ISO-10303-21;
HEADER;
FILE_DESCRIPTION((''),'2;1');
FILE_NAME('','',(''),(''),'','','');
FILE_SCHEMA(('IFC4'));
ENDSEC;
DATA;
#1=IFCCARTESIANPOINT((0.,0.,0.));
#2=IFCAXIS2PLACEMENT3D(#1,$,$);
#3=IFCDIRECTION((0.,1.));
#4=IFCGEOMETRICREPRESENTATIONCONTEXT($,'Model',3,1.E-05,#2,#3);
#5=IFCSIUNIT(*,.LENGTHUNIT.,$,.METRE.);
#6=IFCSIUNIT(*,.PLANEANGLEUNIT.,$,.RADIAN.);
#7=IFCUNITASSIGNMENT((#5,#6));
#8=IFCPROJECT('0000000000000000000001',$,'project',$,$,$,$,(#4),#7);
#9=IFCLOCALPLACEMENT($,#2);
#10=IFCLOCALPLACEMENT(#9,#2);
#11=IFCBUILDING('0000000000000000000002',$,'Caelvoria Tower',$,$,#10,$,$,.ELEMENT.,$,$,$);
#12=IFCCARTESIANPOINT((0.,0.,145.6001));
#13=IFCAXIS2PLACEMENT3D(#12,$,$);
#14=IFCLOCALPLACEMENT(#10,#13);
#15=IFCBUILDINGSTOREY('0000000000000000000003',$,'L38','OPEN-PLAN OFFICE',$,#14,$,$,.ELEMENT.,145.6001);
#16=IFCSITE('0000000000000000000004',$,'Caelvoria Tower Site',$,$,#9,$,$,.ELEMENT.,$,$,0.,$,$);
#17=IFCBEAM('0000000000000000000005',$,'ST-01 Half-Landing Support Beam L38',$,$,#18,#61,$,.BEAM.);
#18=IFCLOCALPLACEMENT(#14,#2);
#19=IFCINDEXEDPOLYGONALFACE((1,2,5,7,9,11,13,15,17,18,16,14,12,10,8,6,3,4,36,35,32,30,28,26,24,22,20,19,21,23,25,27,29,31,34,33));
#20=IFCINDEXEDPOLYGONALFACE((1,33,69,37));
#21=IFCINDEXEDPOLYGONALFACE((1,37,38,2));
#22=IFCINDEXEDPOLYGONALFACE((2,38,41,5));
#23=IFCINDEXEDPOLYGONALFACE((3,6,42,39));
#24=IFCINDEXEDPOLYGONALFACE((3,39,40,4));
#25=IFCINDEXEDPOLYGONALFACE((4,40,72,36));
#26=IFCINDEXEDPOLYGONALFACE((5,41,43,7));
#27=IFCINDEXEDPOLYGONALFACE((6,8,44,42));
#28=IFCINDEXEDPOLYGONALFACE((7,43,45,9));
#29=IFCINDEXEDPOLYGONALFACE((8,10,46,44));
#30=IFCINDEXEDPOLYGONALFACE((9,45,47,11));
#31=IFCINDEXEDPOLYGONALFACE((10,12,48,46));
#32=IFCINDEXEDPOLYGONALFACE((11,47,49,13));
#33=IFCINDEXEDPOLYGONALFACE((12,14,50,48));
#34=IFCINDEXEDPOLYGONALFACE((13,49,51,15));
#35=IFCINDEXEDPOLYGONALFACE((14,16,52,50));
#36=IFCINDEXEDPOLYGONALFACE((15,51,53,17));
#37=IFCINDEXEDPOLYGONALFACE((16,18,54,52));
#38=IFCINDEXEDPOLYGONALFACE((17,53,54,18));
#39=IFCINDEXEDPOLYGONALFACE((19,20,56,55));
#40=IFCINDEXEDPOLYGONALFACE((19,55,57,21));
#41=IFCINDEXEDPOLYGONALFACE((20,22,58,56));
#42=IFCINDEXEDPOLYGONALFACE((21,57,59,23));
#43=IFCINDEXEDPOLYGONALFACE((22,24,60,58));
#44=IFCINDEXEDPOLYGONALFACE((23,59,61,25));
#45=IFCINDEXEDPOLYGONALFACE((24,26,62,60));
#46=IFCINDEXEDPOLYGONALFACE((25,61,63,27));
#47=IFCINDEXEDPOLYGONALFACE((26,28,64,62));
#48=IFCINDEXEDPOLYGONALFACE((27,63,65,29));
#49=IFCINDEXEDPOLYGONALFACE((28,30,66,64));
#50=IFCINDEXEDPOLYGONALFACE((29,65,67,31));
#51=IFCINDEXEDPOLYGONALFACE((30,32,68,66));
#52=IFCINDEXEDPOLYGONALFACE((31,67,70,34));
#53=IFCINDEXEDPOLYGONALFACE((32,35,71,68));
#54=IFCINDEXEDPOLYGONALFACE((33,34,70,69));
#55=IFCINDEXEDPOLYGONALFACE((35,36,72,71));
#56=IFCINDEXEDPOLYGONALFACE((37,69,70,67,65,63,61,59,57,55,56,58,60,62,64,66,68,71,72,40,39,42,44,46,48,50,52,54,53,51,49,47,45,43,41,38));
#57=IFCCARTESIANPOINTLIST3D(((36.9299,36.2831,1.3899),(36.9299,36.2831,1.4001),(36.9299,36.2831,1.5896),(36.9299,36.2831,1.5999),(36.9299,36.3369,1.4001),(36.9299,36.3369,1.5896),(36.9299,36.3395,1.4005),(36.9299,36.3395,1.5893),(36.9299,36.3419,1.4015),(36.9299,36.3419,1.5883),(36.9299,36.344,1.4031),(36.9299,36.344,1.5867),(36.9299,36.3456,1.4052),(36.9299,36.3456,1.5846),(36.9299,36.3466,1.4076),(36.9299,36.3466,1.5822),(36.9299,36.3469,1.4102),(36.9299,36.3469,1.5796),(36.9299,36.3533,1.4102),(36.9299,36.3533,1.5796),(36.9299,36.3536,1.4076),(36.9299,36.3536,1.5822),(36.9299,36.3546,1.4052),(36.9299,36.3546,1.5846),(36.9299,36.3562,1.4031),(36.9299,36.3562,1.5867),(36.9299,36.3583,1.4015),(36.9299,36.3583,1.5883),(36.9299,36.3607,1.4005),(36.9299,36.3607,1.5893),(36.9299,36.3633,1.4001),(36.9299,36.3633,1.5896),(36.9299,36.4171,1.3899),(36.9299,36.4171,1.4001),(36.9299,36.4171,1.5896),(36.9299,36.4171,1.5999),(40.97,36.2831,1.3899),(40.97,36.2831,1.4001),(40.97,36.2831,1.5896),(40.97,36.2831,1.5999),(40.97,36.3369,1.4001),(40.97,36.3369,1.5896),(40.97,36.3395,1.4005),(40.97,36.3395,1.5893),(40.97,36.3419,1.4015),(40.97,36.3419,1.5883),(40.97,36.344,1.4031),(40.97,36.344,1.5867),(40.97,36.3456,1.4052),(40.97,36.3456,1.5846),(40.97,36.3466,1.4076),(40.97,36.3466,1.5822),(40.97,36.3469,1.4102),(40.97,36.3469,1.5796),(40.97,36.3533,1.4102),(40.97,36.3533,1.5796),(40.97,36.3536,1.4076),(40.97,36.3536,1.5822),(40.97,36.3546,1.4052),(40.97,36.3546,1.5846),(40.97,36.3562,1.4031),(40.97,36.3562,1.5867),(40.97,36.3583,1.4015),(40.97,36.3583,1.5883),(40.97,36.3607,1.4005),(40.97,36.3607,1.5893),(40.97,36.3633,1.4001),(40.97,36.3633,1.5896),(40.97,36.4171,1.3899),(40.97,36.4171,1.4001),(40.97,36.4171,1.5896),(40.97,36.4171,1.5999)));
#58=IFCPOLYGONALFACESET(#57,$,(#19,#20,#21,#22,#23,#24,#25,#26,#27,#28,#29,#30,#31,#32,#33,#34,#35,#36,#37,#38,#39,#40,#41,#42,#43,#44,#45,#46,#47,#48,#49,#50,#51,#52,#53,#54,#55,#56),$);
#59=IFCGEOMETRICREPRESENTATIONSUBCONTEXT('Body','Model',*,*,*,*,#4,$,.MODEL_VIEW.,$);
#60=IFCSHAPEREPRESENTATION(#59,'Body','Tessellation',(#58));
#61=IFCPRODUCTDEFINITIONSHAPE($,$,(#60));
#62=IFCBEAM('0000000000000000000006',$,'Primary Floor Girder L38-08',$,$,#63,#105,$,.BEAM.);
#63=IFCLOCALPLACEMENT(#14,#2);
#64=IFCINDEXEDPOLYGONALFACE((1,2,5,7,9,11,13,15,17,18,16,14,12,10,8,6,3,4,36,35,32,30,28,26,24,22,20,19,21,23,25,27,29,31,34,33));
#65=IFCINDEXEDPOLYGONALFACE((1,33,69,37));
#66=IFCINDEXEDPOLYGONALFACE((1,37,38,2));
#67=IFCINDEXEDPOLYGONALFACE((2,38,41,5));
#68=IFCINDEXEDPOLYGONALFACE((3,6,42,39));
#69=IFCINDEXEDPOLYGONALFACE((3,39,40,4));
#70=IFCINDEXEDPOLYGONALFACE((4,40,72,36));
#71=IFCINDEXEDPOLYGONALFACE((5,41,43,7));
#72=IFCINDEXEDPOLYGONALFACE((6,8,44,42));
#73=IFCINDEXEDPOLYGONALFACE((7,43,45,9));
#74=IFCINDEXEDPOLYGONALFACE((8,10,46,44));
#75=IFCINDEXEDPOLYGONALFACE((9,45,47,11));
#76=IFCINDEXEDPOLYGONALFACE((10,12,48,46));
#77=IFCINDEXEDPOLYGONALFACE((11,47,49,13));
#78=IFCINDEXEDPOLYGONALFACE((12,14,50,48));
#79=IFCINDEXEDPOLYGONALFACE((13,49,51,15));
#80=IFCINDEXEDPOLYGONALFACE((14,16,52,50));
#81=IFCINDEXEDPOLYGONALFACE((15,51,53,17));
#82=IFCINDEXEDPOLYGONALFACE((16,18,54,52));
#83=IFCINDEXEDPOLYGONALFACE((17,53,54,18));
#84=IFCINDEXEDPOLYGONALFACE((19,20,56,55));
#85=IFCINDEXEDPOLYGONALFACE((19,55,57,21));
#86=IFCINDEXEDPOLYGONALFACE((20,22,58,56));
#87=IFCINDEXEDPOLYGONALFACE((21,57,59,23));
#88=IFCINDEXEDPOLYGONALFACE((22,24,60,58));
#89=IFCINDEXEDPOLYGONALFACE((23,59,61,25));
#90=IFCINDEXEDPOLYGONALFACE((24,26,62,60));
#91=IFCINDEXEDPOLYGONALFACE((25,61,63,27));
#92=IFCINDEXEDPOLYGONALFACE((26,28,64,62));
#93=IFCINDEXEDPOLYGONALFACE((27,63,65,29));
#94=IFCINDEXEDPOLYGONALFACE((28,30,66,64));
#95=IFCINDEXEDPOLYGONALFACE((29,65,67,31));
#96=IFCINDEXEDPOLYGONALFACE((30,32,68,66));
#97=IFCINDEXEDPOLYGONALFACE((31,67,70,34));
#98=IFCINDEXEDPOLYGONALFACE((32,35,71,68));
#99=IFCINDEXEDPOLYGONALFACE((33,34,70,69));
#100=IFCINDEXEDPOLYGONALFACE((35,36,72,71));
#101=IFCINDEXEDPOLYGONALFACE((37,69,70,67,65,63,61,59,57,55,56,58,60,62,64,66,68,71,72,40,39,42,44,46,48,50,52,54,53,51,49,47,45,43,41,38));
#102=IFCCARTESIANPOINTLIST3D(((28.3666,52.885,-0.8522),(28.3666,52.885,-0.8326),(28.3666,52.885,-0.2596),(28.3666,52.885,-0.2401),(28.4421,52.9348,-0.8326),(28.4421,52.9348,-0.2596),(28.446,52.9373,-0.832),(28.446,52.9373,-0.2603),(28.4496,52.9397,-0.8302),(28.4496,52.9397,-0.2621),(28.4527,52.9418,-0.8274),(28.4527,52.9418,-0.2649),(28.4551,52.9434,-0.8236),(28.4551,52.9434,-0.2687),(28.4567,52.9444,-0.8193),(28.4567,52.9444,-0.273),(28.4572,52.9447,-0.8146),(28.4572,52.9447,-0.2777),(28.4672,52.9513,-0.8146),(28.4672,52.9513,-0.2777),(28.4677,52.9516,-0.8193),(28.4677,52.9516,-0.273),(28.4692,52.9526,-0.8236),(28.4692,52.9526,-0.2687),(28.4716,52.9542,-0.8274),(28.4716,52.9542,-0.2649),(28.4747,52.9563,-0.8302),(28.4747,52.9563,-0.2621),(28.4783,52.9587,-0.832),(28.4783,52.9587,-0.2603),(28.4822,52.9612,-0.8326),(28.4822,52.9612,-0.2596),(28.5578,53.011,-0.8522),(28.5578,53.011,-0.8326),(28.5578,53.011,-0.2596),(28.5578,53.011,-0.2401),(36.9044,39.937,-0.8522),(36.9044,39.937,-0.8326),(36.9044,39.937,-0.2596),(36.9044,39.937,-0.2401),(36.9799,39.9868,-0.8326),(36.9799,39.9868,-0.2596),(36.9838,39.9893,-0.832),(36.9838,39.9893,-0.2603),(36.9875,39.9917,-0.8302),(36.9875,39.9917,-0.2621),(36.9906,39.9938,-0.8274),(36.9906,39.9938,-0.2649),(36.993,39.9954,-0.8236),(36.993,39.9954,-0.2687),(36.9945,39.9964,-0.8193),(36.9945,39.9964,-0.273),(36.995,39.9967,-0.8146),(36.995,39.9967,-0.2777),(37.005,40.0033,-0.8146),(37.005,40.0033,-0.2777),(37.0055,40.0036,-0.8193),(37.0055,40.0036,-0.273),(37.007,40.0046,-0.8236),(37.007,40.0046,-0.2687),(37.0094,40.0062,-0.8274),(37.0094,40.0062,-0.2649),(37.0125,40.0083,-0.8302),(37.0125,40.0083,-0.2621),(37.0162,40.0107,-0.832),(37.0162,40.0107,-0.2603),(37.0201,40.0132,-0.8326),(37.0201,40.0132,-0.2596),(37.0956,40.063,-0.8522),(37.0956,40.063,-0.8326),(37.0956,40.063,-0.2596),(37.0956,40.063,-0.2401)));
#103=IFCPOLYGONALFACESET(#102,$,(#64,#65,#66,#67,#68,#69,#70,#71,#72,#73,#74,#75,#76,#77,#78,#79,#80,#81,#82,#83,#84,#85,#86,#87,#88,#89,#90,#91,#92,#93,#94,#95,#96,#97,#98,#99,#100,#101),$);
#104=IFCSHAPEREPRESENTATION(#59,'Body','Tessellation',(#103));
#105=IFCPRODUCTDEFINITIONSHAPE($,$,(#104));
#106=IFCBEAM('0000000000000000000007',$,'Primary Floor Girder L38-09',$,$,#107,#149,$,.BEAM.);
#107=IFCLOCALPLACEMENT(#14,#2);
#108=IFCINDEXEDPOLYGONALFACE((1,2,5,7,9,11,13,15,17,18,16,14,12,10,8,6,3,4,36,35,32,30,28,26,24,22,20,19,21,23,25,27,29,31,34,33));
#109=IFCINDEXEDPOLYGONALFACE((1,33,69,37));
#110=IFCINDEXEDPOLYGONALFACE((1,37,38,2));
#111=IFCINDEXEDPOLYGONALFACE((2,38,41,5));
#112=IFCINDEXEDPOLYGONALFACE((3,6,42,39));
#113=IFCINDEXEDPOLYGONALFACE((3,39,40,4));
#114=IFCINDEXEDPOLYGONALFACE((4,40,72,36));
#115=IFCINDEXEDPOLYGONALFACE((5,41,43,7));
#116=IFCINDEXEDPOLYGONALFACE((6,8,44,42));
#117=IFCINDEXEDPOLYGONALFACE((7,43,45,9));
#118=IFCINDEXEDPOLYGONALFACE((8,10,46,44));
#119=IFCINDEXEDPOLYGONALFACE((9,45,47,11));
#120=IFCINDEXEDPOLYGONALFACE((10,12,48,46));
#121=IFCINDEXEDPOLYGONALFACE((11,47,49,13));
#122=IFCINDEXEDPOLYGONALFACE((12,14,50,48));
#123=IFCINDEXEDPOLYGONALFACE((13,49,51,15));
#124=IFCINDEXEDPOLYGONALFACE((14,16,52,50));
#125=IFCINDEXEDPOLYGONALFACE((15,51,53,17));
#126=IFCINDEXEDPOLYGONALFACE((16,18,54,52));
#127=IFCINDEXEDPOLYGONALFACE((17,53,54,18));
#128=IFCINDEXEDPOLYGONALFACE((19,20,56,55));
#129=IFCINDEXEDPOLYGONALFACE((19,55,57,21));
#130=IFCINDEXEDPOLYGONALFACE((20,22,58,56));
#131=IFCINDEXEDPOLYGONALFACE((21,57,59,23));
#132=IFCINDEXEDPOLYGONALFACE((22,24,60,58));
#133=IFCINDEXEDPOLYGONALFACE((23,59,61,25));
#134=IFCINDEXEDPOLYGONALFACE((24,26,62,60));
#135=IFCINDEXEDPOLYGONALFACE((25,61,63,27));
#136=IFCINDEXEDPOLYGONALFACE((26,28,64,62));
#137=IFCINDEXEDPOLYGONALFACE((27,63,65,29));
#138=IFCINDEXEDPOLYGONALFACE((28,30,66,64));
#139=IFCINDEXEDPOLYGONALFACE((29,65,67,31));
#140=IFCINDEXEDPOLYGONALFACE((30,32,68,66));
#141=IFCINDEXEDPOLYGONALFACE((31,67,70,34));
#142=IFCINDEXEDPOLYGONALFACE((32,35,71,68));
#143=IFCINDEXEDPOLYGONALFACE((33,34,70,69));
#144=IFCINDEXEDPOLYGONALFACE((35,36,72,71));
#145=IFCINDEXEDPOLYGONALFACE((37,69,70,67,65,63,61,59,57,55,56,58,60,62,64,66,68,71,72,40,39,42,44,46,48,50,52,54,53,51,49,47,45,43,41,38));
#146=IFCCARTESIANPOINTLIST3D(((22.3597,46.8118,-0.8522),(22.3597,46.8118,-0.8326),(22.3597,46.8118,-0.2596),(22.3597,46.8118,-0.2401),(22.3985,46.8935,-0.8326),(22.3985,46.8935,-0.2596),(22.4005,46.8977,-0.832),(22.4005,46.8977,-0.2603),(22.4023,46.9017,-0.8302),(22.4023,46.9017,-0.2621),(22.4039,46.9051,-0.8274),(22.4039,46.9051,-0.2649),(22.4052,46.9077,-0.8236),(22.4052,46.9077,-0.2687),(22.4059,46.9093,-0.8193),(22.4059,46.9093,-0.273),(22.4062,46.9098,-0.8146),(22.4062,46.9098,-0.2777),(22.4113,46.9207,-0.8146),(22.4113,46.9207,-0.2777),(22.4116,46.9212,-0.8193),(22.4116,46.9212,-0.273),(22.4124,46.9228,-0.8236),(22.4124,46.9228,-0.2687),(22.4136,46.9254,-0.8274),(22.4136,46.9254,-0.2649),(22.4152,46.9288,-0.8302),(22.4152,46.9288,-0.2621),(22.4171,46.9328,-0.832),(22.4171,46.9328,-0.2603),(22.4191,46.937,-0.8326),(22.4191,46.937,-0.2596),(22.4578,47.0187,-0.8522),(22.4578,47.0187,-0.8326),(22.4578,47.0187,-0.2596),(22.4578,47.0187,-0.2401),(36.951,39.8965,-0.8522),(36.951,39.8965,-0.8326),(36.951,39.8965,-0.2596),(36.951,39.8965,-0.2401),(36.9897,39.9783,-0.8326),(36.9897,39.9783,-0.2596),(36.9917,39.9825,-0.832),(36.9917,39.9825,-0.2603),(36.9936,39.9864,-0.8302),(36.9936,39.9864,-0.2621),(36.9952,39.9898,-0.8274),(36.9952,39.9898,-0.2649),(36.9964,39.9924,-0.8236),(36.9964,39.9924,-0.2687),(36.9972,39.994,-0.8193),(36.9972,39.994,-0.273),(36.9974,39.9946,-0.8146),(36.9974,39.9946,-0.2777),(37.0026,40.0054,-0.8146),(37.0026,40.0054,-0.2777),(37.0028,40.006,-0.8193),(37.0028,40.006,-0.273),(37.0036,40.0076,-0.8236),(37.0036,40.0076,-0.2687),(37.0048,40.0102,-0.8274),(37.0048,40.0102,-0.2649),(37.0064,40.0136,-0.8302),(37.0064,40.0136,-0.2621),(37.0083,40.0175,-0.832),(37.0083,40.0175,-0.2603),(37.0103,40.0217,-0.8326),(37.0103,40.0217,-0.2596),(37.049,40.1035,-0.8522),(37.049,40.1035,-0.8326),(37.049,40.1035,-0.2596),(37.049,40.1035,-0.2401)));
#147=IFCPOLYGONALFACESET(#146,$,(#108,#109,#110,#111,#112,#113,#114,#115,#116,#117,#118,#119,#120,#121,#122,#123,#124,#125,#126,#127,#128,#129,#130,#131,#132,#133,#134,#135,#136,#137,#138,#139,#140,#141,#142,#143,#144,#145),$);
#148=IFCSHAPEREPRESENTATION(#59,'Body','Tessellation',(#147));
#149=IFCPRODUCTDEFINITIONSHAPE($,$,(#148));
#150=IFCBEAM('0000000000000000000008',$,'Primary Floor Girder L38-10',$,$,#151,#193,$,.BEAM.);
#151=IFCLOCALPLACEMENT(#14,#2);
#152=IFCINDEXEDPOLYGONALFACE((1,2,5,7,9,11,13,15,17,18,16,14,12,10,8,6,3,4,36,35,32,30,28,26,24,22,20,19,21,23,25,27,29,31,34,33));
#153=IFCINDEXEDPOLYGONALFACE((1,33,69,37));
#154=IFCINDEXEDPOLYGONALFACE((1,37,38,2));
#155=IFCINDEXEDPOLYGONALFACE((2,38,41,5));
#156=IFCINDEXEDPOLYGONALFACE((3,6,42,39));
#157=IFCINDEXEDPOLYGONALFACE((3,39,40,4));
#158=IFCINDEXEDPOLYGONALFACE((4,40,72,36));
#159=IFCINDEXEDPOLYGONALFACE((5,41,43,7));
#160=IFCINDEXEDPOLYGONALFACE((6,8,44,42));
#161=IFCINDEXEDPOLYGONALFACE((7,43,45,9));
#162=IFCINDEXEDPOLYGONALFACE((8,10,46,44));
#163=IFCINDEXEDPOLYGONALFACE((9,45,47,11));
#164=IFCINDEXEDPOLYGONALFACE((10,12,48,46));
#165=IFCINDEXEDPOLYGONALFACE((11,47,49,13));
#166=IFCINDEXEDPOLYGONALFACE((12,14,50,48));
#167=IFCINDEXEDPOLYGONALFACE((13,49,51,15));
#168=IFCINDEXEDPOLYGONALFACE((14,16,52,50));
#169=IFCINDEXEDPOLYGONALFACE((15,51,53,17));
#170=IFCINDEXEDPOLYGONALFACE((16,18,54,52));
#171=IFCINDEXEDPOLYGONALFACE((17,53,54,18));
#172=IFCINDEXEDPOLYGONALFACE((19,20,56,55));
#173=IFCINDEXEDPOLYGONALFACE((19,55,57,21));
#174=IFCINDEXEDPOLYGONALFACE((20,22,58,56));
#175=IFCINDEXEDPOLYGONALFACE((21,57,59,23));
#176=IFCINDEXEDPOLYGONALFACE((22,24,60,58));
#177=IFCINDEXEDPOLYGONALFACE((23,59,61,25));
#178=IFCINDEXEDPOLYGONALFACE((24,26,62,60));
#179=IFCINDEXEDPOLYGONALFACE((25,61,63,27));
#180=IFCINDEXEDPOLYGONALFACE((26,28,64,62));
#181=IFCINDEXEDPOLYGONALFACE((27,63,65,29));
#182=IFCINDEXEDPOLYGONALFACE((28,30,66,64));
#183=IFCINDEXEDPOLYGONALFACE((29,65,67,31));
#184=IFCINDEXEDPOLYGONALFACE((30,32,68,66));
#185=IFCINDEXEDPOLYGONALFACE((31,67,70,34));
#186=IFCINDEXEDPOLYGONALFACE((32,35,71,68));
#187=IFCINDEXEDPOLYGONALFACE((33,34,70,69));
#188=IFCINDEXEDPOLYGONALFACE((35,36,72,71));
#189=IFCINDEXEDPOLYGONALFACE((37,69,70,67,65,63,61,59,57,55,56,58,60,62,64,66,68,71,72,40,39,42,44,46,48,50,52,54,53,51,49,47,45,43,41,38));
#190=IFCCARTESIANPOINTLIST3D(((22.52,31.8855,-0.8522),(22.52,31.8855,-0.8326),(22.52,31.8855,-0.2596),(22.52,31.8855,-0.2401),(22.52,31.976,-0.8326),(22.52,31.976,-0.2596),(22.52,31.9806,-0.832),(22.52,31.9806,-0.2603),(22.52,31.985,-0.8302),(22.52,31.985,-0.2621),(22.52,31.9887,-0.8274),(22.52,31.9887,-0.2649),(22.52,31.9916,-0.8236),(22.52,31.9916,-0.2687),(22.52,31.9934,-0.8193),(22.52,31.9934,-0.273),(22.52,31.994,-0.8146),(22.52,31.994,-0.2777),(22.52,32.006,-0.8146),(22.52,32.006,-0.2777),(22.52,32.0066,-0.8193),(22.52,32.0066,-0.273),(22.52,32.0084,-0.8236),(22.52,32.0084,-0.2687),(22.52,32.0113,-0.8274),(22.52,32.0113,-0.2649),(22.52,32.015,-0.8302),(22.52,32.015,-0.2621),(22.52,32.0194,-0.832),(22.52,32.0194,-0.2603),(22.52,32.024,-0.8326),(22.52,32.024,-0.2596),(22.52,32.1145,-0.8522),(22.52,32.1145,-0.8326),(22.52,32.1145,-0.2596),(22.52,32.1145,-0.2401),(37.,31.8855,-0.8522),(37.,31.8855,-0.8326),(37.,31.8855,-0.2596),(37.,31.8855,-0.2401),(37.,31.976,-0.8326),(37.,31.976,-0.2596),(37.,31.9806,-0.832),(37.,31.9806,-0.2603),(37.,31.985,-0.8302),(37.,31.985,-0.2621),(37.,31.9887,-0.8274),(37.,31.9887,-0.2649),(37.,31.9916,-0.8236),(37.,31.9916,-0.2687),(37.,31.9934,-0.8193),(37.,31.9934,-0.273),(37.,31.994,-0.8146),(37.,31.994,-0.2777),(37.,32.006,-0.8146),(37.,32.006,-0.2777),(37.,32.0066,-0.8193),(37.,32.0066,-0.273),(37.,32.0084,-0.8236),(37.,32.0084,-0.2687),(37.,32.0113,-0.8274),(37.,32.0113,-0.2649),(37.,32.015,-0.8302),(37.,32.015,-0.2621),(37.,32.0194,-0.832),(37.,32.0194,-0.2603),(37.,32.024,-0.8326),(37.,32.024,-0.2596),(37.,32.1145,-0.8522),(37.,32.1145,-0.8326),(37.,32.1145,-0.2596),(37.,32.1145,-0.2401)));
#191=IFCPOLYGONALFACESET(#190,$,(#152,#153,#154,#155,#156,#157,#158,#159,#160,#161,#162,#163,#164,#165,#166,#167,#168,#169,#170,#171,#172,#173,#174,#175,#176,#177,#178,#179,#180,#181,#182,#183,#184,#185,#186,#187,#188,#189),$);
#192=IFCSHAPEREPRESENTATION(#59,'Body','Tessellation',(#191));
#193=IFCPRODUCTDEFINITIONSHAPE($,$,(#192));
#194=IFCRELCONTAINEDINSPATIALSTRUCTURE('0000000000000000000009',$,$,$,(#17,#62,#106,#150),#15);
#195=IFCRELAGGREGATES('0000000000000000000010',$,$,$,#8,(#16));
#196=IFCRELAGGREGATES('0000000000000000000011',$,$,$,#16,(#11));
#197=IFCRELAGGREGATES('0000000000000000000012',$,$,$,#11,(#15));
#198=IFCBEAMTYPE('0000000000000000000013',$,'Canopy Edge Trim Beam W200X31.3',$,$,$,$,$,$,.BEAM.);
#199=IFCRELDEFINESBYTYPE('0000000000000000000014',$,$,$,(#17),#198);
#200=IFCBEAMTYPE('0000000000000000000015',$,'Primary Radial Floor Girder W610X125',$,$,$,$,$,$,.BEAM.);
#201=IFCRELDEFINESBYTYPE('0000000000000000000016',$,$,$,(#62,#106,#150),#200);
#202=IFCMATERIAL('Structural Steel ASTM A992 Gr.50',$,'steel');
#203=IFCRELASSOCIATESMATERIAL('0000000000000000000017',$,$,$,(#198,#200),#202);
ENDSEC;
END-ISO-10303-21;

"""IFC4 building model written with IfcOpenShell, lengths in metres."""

from ifc_helpers import new_model, si_unit, direction, frame, origin, origin_2d, place, context, subcontext, project, spatial, i_section, extrude, material, material_profile, profile_set, type_object, element, save


model = new_model("IFC4")

# Units and contexts
model_context = context("Model", 3, precision=1e-05, world=origin(), true_north=direction((0.0, 1.0)))
body_context = subcontext(model_context, "Body", "Model", "MODEL_VIEW")
ifc_project = project(units=[si_unit("LENGTHUNIT", "METRE"), si_unit("PLANEANGLEUNIT", "RADIAN")], contexts=[model_context])

# Site, building, storey
site_placement = place(None, origin())
site = spatial("IfcSite", under=ifc_project, at=site_placement, Name="Caelvoria Tower Site", CompositionType="ELEMENT", RefElevation=0.0)
building_placement = place(site_placement, origin())
building = spatial("IfcBuilding", under=site, at=building_placement, Name="Caelvoria Tower", CompositionType="ELEMENT")
storey_placement = place(building_placement, frame((0.0, 0.0, 145.6001)))
storey = spatial("IfcBuildingStorey", under=building, at=storey_placement, Name="L38", Description="OPEN-PLAN OFFICE", CompositionType="ELEMENT", Elevation=145.6001)

# Beams
ifc_material_1 = material(Name="Structural Steel ASTM A992 Gr.50", Category="steel")
ifc_material_profile_1 = material_profile(ifc_material_1, i_section(OverallWidth=0.134, OverallDepth=0.21, WebThickness=0.0063, FlangeThickness=0.0103, FilletRadius=0.01, at=origin_2d()), Name="Structural Steel ASTM A992 Gr.50")
ifc_profile_set_1 = profile_set([ifc_material_profile_1], Name="W200X31.3 - Structural Steel ASTM A992 Gr.50")
beam_type_1 = type_object("IfcBeamType", Name="Canopy Edge Trim Beam W200X31.3", PredefinedType="BEAM", material=ifc_profile_set_1)
beam_1_placement = place(storey_placement, frame((36.9299, 36.3501, 1.4949), z_axis=(1.0, 0.0, 0.0), x_axis=(0.0, 1.0, 0.0)))
element("IfcBeam", 1, at=beam_1_placement, inside=storey, type_object=beam_type_1, Name="ST-01 Half-Landing Support Beam L38", PredefinedType="BEAM", context=body_context, shape_type="SweptSolid", body=[
    extrude(i_section(OverallWidth=0.134, OverallDepth=0.21, WebThickness=0.0063, FlangeThickness=0.0103, FilletRadius=0.01, at=origin_2d()), origin(), (0.0, 0.0, 1.0), 4.04),
])
ifc_material_profile_2 = material_profile(ifc_material_1, i_section(OverallWidth=0.229, OverallDepth=0.6121, WebThickness=0.012, FlangeThickness=0.0195, FilletRadius=0.0181, at=origin_2d()), Name="Structural Steel ASTM A992 Gr.50")
ifc_profile_set_2 = profile_set([ifc_material_profile_2], Name="W610X125 - Structural Steel ASTM A992 Gr.50")
beam_type_2 = type_object("IfcBeamType", Name="Primary Radial Floor Girder W610X125", PredefinedType="BEAM", material=ifc_profile_set_2)
beam_2_placement = place(storey_placement, frame((37.0, 40.0, -0.5461), z_axis=(-0.55049, 0.834842, 0.0), x_axis=(-0.834842, -0.55049, 0.0)))
element("IfcBeam", 2, at=beam_2_placement, inside=storey, type_object=beam_type_2, Name="Primary Floor Girder L38-08", PredefinedType="BEAM", context=body_context, shape_type="SweptSolid", body=[
    extrude(i_section(OverallWidth=0.229, OverallDepth=0.6121, WebThickness=0.012, FlangeThickness=0.0195, FilletRadius=0.0181, at=origin_2d()), origin(), (0.0, 0.0, 1.0), 15.5095),
])
beam_3_placement = place(storey_placement, frame((37.0, 40.0, -0.5461), z_axis=(-0.903651, 0.428269, 0.0), x_axis=(-0.428269, -0.903651, 0.0)))
element("IfcBeam", 3, at=beam_3_placement, inside=storey, type_object=beam_type_2, Name="Primary Floor Girder L38-09", PredefinedType="BEAM", context=body_context, shape_type="SweptSolid", body=[
    extrude(i_section(OverallWidth=0.229, OverallDepth=0.6121, WebThickness=0.012, FlangeThickness=0.0195, FilletRadius=0.0181, at=origin_2d()), origin(), (0.0, 0.0, 1.0), 16.147),
])
beam_4_placement = place(storey_placement, frame((37.0, 32.0, -0.5461), z_axis=(-1.0, 0.0, 0.0), x_axis=(0.0, -1.0, 0.0)))
element("IfcBeam", 4, at=beam_4_placement, inside=storey, type_object=beam_type_2, Name="Primary Floor Girder L38-10", PredefinedType="BEAM", context=body_context, shape_type="SweptSolid", body=[
    extrude(i_section(OverallWidth=0.229, OverallDepth=0.6121, WebThickness=0.012, FlangeThickness=0.0195, FilletRadius=0.0181, at=origin_2d()), origin(), (0.0, 0.0, 1.0), 14.48),
])

save(model, "model.ifc")
